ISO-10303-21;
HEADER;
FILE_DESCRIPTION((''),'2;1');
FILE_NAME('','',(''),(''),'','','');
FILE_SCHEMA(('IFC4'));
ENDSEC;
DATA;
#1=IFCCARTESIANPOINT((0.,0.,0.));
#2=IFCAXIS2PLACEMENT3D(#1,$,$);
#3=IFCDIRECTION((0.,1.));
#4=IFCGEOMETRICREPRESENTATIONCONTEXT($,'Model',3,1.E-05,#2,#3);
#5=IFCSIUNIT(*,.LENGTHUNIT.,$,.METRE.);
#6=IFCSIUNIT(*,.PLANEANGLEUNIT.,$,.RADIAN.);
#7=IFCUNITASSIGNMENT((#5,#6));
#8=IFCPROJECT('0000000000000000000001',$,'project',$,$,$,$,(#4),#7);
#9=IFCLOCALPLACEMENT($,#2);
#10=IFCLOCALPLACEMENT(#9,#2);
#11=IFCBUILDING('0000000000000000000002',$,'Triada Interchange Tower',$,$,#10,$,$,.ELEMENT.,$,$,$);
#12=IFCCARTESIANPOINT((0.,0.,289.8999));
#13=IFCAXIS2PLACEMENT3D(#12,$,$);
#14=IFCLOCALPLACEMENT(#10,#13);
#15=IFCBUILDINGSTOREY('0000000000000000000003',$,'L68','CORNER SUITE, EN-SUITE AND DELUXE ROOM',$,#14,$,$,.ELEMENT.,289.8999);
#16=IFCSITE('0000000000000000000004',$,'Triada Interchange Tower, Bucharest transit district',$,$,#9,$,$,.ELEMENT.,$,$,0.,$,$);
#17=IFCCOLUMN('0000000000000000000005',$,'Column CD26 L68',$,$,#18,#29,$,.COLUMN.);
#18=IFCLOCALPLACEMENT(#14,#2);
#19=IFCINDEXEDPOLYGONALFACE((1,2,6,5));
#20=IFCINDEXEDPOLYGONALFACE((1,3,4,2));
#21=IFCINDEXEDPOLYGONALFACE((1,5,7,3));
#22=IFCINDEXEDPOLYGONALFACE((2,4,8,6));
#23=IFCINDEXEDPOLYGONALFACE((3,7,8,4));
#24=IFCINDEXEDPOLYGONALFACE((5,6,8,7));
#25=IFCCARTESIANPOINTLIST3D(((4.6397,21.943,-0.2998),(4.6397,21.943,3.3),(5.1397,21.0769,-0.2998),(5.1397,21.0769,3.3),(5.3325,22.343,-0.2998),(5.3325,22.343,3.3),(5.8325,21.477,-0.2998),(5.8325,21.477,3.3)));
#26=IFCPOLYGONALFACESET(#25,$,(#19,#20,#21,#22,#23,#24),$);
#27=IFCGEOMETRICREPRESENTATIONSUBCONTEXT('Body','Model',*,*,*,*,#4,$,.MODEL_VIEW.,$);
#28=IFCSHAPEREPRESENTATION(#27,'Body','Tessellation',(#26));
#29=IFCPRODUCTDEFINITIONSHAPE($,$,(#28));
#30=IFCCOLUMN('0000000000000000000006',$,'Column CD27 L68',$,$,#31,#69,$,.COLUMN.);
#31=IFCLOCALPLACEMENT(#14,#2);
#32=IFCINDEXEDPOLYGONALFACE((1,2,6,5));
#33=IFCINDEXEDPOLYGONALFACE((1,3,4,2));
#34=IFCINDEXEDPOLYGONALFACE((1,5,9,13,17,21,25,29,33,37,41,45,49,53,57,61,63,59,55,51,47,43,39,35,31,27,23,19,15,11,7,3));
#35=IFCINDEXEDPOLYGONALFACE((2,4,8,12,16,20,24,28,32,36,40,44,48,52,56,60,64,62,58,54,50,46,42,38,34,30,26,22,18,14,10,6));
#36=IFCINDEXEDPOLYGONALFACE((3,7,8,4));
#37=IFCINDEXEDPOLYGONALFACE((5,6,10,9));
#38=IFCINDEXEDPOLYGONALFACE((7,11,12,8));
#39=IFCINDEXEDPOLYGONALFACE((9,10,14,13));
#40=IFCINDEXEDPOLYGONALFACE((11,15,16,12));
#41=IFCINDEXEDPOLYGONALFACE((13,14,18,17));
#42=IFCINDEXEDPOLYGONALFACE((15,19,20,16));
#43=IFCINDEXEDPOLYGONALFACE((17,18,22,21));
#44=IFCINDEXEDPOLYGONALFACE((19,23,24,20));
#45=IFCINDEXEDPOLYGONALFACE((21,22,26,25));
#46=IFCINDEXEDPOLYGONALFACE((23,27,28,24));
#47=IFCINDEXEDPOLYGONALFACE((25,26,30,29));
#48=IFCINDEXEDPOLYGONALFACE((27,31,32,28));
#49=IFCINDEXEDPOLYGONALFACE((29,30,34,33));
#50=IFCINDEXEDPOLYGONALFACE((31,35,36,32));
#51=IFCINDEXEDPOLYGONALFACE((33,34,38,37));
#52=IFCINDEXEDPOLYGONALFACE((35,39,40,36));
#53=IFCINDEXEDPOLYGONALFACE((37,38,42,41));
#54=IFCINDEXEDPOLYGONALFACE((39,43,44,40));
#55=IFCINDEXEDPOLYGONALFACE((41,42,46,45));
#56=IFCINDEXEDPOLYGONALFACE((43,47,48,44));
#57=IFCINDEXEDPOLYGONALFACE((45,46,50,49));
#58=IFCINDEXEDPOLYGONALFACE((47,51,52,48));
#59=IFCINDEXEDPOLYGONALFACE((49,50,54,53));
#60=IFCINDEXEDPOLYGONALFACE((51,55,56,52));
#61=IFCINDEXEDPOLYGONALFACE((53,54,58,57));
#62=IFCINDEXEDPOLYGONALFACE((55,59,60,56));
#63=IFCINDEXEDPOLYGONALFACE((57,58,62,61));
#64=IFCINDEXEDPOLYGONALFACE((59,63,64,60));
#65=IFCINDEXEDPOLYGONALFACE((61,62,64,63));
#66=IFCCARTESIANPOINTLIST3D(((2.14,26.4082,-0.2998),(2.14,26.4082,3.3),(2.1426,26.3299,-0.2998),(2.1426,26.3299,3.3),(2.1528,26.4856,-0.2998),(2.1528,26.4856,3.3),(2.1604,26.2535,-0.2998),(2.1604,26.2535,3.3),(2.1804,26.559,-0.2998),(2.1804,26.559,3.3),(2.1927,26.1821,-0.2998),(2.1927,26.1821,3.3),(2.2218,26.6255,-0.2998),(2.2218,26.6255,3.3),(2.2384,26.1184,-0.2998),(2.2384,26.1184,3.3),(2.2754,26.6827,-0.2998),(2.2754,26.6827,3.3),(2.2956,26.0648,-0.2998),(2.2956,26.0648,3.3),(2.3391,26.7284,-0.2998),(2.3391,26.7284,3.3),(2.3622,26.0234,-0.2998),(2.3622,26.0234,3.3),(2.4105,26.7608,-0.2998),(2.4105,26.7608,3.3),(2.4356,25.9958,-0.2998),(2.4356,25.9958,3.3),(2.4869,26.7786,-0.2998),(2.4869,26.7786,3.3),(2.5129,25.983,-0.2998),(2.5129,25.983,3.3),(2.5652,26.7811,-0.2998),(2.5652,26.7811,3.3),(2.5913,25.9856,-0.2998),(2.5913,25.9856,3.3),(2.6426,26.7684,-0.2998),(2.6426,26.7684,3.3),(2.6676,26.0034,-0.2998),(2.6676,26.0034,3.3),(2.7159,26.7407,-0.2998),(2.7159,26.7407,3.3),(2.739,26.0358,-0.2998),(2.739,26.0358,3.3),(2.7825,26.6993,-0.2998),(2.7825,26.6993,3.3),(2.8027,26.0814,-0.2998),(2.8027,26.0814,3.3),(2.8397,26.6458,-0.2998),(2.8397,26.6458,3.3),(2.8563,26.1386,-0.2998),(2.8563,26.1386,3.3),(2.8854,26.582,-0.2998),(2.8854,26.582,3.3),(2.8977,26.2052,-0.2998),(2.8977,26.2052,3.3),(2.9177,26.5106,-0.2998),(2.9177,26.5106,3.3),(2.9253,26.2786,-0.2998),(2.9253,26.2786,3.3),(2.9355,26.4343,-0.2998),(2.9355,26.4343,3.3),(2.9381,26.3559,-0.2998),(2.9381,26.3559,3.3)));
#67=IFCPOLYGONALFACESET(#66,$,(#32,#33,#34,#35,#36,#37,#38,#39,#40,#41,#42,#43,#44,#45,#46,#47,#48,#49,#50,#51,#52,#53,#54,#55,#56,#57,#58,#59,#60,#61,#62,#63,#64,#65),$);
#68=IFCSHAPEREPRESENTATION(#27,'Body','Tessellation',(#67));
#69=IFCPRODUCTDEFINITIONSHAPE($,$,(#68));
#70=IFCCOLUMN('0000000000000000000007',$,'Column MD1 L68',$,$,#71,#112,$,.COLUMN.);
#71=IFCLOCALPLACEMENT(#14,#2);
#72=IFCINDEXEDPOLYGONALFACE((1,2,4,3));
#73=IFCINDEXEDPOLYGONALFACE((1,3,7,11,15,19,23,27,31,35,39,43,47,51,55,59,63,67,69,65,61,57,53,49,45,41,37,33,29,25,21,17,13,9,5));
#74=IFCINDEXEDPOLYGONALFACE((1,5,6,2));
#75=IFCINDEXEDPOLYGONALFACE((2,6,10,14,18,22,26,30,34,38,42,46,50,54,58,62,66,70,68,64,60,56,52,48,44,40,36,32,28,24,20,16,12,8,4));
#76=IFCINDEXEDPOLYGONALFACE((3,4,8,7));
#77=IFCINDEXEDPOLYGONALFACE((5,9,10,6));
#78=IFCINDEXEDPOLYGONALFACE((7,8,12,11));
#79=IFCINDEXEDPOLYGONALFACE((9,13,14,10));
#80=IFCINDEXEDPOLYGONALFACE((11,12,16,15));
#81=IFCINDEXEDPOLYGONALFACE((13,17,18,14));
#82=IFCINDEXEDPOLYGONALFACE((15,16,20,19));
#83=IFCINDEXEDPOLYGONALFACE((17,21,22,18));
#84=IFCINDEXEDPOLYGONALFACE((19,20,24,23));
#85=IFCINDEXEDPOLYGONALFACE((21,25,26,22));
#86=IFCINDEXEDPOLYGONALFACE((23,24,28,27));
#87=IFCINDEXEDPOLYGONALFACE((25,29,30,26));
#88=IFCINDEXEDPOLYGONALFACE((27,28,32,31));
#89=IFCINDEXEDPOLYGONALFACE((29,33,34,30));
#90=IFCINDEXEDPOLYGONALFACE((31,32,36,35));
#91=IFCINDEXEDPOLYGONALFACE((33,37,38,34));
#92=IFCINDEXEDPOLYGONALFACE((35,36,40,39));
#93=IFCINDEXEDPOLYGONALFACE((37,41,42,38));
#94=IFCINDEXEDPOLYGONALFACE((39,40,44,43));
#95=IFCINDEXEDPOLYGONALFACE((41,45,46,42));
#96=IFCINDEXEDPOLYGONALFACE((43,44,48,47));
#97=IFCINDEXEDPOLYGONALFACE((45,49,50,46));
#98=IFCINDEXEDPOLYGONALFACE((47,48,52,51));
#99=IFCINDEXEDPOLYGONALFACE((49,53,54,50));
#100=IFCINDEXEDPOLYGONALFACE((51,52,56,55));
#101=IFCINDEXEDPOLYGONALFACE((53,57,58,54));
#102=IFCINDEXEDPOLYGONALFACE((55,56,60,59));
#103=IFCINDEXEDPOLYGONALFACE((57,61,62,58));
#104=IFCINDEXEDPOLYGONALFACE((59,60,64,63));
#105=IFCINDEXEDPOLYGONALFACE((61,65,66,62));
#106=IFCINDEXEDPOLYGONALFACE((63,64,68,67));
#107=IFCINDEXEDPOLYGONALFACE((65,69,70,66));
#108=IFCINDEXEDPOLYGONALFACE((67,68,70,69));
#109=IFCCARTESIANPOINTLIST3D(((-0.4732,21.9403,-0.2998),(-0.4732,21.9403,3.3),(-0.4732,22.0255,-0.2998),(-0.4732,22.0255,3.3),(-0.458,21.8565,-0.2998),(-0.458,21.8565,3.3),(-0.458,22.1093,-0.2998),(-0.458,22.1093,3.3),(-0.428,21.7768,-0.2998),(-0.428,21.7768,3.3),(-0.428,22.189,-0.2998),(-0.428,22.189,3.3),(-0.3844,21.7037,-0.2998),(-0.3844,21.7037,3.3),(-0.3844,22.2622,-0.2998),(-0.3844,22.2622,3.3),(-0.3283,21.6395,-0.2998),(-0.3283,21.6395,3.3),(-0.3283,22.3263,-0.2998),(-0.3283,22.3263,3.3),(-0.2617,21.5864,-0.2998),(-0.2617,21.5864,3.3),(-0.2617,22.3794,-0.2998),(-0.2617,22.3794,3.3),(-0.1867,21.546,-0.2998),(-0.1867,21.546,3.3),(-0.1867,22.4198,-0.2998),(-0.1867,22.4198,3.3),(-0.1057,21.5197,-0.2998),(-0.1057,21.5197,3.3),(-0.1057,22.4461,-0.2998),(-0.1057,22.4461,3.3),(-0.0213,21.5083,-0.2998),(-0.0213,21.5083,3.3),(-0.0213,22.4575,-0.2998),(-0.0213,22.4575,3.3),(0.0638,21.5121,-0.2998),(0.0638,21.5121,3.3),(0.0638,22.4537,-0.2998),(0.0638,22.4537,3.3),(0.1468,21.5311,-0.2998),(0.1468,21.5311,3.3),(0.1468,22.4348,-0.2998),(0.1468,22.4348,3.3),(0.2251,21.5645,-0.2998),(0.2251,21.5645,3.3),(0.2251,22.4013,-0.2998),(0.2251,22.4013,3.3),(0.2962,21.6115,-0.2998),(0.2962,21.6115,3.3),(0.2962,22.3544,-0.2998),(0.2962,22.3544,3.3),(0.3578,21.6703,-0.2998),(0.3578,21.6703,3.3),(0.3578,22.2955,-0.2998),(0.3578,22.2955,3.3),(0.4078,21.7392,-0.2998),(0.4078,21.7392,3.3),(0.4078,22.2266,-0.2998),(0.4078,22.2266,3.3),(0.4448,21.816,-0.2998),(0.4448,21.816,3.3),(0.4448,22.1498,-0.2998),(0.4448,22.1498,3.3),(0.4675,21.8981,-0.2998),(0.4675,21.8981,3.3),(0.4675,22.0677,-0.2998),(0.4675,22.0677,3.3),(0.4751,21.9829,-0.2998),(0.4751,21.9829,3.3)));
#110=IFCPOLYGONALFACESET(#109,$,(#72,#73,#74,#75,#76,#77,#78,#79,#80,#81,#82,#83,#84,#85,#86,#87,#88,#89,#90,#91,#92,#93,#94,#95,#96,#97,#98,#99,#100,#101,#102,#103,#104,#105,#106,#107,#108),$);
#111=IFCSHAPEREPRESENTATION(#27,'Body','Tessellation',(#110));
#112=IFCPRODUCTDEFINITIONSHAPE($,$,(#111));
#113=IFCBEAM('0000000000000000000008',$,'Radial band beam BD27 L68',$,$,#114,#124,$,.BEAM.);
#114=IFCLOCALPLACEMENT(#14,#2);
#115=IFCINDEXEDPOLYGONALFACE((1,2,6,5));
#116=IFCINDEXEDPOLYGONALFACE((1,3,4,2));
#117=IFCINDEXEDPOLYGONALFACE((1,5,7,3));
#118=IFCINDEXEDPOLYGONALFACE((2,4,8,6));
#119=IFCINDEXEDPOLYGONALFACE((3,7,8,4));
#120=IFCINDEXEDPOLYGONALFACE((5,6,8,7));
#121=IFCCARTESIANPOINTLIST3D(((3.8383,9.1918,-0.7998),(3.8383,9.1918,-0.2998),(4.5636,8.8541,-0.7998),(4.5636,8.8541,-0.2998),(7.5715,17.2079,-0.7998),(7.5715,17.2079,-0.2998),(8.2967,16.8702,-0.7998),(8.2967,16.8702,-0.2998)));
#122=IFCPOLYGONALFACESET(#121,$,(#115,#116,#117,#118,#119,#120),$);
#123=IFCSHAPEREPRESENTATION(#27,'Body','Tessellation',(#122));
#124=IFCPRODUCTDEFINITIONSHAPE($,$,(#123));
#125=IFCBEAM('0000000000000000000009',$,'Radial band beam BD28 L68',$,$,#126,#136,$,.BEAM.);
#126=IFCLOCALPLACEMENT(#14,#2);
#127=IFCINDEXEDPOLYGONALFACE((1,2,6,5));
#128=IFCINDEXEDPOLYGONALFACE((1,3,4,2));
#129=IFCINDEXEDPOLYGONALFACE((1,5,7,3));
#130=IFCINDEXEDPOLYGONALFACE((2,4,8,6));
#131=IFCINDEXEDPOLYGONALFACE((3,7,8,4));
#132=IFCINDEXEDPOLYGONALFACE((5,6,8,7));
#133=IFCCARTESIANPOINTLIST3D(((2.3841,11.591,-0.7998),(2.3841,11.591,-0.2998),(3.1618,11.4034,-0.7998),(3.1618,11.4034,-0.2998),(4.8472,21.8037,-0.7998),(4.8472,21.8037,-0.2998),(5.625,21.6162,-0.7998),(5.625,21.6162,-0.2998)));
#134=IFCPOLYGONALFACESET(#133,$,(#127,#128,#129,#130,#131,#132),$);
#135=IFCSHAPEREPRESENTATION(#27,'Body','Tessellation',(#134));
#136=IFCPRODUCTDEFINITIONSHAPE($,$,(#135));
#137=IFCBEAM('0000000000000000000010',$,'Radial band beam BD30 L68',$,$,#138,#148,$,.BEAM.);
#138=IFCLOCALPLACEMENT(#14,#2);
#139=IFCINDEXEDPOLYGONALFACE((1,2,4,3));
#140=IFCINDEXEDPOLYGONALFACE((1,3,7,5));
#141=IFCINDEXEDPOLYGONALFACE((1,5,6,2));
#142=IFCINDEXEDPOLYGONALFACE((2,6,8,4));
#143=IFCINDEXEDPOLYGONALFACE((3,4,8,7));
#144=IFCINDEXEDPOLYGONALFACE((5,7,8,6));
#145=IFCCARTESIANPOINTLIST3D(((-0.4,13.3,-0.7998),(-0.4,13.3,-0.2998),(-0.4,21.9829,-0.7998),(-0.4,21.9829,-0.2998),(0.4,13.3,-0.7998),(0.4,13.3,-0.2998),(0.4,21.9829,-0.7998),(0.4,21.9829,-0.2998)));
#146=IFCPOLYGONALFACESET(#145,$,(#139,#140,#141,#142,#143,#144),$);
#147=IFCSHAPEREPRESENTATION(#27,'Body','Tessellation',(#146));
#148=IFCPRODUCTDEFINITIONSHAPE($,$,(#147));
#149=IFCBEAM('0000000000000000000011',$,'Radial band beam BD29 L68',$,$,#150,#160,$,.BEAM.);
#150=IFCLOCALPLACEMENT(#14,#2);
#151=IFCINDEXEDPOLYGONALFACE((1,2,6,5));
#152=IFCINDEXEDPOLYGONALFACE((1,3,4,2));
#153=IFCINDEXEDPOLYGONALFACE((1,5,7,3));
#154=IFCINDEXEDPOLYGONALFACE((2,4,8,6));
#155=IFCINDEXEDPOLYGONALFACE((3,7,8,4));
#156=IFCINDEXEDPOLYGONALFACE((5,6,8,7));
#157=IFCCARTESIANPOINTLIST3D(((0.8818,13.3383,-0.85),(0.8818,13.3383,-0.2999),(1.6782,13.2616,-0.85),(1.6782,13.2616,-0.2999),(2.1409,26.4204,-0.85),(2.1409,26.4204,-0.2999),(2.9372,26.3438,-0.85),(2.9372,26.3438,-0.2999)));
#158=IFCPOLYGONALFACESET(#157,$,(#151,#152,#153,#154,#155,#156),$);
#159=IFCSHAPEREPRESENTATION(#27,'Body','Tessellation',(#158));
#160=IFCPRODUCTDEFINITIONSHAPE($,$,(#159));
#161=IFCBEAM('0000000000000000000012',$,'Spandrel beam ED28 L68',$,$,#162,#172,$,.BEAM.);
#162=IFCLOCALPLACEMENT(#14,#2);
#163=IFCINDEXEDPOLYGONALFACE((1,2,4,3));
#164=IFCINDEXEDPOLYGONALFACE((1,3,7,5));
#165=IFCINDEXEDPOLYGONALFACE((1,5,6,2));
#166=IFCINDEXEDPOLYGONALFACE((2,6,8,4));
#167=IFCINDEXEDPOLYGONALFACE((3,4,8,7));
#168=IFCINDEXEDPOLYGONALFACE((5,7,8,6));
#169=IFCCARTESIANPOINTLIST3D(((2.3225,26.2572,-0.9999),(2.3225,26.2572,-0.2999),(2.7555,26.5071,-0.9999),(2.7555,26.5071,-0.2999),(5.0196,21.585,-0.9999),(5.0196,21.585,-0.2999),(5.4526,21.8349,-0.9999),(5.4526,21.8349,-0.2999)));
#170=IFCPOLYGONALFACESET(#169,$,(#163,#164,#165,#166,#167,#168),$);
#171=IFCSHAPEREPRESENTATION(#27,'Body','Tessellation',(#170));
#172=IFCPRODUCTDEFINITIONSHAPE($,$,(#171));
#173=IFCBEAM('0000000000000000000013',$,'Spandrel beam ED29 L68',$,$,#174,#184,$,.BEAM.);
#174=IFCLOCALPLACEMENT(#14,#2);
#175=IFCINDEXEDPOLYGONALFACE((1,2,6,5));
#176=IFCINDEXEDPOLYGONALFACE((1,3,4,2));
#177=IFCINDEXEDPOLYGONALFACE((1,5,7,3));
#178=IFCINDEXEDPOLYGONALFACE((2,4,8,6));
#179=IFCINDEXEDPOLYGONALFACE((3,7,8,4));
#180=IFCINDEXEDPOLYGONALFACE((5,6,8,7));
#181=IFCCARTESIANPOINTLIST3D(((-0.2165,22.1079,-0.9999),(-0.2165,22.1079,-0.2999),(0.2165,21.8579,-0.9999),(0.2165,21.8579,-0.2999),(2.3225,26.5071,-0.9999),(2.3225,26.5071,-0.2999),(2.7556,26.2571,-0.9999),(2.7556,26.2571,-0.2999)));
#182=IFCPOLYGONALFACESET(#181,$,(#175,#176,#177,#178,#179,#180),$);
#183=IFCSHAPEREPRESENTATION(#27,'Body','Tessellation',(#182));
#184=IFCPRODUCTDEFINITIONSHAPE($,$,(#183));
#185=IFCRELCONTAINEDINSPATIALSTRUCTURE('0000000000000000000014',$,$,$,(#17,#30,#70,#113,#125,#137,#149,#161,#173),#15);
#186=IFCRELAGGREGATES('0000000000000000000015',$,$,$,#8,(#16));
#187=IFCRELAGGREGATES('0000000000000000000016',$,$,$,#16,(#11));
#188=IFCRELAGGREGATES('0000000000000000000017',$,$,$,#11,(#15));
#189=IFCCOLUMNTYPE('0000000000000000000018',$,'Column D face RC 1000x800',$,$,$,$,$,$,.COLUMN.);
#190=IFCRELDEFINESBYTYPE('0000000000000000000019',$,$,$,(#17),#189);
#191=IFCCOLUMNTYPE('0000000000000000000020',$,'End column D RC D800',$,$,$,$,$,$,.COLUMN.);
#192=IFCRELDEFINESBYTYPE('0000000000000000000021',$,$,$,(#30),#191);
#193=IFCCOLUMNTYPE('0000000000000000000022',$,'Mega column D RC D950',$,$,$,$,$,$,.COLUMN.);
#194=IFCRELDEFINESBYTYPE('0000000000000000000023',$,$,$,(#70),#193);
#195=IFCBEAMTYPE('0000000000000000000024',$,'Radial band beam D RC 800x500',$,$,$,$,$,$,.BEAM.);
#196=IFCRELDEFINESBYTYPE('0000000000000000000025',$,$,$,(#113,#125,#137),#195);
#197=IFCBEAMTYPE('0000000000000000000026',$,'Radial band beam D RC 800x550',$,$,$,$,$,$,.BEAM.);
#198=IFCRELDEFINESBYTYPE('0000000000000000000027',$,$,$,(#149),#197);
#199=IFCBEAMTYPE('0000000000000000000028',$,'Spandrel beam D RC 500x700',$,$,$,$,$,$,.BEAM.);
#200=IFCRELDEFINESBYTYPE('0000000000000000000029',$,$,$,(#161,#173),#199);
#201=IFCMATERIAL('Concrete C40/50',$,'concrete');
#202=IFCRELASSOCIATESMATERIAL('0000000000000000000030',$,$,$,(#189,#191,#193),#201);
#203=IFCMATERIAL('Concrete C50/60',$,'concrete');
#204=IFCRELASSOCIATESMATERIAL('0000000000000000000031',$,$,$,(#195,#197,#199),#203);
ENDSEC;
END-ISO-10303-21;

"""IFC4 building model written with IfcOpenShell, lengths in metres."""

from ifc_helpers import new_model, si_unit, direction, frame, origin, origin_2d, place, context, subcontext, project, spatial, rectangle, circle, extrude, material, material_profile, profile_set, type_object, element, save


model = new_model("IFC4")

# Units and contexts
model_context = context("Model", 3, precision=1e-05, world=origin(), true_north=direction((0.0, 1.0)))
body_context = subcontext(model_context, "Body", "Model", "MODEL_VIEW")
ifc_project = project(units=[si_unit("LENGTHUNIT", "METRE"), si_unit("PLANEANGLEUNIT", "RADIAN")], contexts=[model_context])

# Site, building, storey
site_placement = place(None, origin())
site = spatial("IfcSite", under=ifc_project, at=site_placement, Name="Triada Interchange Tower, Bucharest transit district", CompositionType="ELEMENT", RefElevation=0.0)
building_placement = place(site_placement, origin())
building = spatial("IfcBuilding", under=site, at=building_placement, Name="Triada Interchange Tower", CompositionType="ELEMENT")
storey_placement = place(building_placement, frame((0.0, 0.0, 289.8999)))
storey = spatial("IfcBuildingStorey", under=building, at=storey_placement, Name="L68", Description="CORNER SUITE, EN-SUITE AND DELUXE ROOM", CompositionType="ELEMENT", Elevation=289.8999)

# Columns
ifc_material_1 = material(Name="Concrete C40/50", Category="concrete")
ifc_material_profile_1 = material_profile(ifc_material_1, rectangle(XDim=1.0, YDim=0.8, at=origin_2d()), Name="RC 1000x800")
ifc_profile_set_1 = profile_set([ifc_material_profile_1], Name="Concrete C40/50")
column_type_1 = type_object("IfcColumnType", Name="Column D face RC 1000x800", PredefinedType="COLUMN", material=ifc_profile_set_1)
column_1_placement = place(storey_placement, frame((5.2361, 21.71, -0.2998), z_axis=(0.0, 0.0, 1.0), x_axis=(-0.5, 0.866025, 0.0)))
element("IfcColumn", 1, at=column_1_placement, inside=storey, type_object=column_type_1, Name="Column CD26 L68", PredefinedType="COLUMN", context=body_context, shape_type="SweptSolid", body=[
    extrude(rectangle(XDim=1.0, YDim=0.8, at=origin_2d()), origin(), (0.0, 0.0, 1.0), 3.5999),
])
ifc_material_profile_2 = material_profile(ifc_material_1, circle(Radius=0.3999, at=origin_2d()), Name="RC D800")
ifc_profile_set_2 = profile_set([ifc_material_profile_2], Name="Concrete C40/50")
column_type_2 = type_object("IfcColumnType", Name="End column D RC D800", PredefinedType="COLUMN", material=ifc_profile_set_2)
column_2_placement = place(storey_placement, frame((2.5391, 26.3821, -0.2998), z_axis=(0.0, 0.0, 1.0), x_axis=(-0.5, 0.866025, 0.0)))
element("IfcColumn", 2, at=column_2_placement, inside=storey, type_object=column_type_2, Name="Column CD27 L68", PredefinedType="COLUMN", context=body_context, shape_type="SweptSolid", body=[
    extrude(circle(Radius=0.3999, at=origin_2d()), origin(), (0.0, 0.0, 1.0), 3.5999),
])
ifc_material_profile_3 = material_profile(ifc_material_1, circle(Radius=0.4751, at=origin_2d()), Name="RC D950")
ifc_profile_set_3 = profile_set([ifc_material_profile_3], Name="Concrete C40/50")
column_type_3 = type_object("IfcColumnType", Name="Mega column D RC D950", PredefinedType="COLUMN", material=ifc_profile_set_3)
column_3_placement = place(storey_placement, frame((0.0, 21.9829, -0.2998), z_axis=(0.0, 0.0, 1.0), x_axis=(1.0, 0.0, 0.0)))
element("IfcColumn", 3, at=column_3_placement, inside=storey, type_object=column_type_3, Name="Column MD1 L68", PredefinedType="COLUMN", context=body_context, shape_type="SweptSolid", body=[
    extrude(circle(Radius=0.4751, at=origin_2d()), origin(), (0.0, 0.0, 1.0), 3.5999),
])

# Beams
ifc_material_2 = material(Name="Concrete C50/60", Category="concrete")
ifc_material_profile_4 = material_profile(ifc_material_2, rectangle(XDim=0.8, YDim=0.5, at=origin_2d()), Name="RC 800x500")
ifc_profile_set_4 = profile_set([ifc_material_profile_4], Name="Concrete C50/60")
beam_type_1 = type_object("IfcBeamType", Name="Radial band beam D RC 800x500", PredefinedType="BEAM", material=ifc_profile_set_4)
beam_1_placement = place(storey_placement, frame((7.9341, 17.0391, -0.5498), z_axis=(-0.42217, -0.906516, 0.0), x_axis=(0.906516, -0.42217, 0.0)))
element("IfcBeam", 4, at=beam_1_placement, inside=storey, type_object=beam_type_1, Name="Radial band beam BD27 L68", PredefinedType="BEAM", context=body_context, shape_type="SweptSolid", body=[
    extrude(rectangle(XDim=0.8, YDim=0.5, at=origin_2d()), origin(), (0.0, 0.0, 1.0), 8.8428),
])
beam_2_placement = place(storey_placement, frame((5.2361, 21.71, -0.5498), z_axis=(-0.234457, -0.972127, 0.0), x_axis=(0.972127, -0.234457, 0.0)))
element("IfcBeam", 5, at=beam_2_placement, inside=storey, type_object=beam_type_1, Name="Radial band beam BD28 L68", PredefinedType="BEAM", context=body_context, shape_type="SweptSolid", body=[
    extrude(rectangle(XDim=0.8, YDim=0.5, at=origin_2d()), origin(), (0.0, 0.0, 1.0), 10.5056),
])
beam_3_placement = place(storey_placement, frame((0.0, 21.9829, -0.5498), z_axis=(0.0, -1.0, 0.0), x_axis=(1.0, 0.0, 0.0)))
element("IfcBeam", 6, at=beam_3_placement, inside=storey, type_object=beam_type_1, Name="Radial band beam BD30 L68", PredefinedType="BEAM", context=body_context, shape_type="SweptSolid", body=[
    extrude(rectangle(XDim=0.8, YDim=0.5, at=origin_2d()), origin(), (0.0, 0.0, 1.0), 8.6829),
])
ifc_material_profile_5 = material_profile(ifc_material_2, rectangle(XDim=0.8, YDim=0.55, at=origin_2d()), Name="RC 800x550")
ifc_profile_set_5 = profile_set([ifc_material_profile_5], Name="Concrete C50/60")
beam_type_2 = type_object("IfcBeamType", Name="Radial band beam D RC 800x550", PredefinedType="BEAM", material=ifc_profile_set_5)
beam_4_placement = place(storey_placement, frame((2.5391, 26.3821, -0.575), z_axis=(-0.095799, -0.995401, 0.0), x_axis=(0.995401, -0.095799, 0.0)))
element("IfcBeam", 7, at=beam_4_placement, inside=storey, type_object=beam_type_2, Name="Radial band beam BD29 L68", PredefinedType="BEAM", context=body_context, shape_type="SweptSolid", body=[
    extrude(rectangle(XDim=0.8, YDim=0.55, at=origin_2d()), origin(), (0.0, 0.0, 1.0), 13.1426),
])
ifc_material_profile_6 = material_profile(ifc_material_2, rectangle(XDim=0.5, YDim=0.7, at=origin_2d()), Name="RC 500x700")
ifc_profile_set_6 = profile_set([ifc_material_profile_6], Name="Concrete C50/60")
beam_type_3 = type_object("IfcBeamType", Name="Spandrel beam D RC 500x700", PredefinedType="BEAM", material=ifc_profile_set_6)
beam_5_placement = place(storey_placement, frame((5.2361, 21.71, -0.6499), z_axis=(-0.499941, 0.86606, 0.0), x_axis=(-0.86606, -0.499941, 0.0)))
element("IfcBeam", 8, at=beam_5_placement, inside=storey, type_object=beam_type_3, Name="Spandrel beam ED28 L68", PredefinedType="BEAM", context=body_context, shape_type="SweptSolid", body=[
    extrude(rectangle(XDim=0.5, YDim=0.7, at=origin_2d()), origin(), (0.0, 0.0, 1.0), 5.3948),
])
for number, where, z_axis, x_axis, name in (
    (9, (2.5391, 26.3821, -0.6499), (-0.499882, -0.866094, 0.0), (0.866094, -0.499882, 0.0), "Spandrel beam ED29 L68"),
):
    element("IfcBeam", number, at=place(storey_placement, frame(where, z_axis=z_axis, x_axis=x_axis)), inside=storey, type_object=beam_type_3, Name=name, PredefinedType="BEAM", context=body_context, shape_type="SweptSolid", body=[
        extrude(rectangle(XDim=0.5, YDim=0.7, at=origin_2d()), origin(), (0.0, 0.0, 1.0), 5.0793),
    ])

save(model, "model.ifc")
